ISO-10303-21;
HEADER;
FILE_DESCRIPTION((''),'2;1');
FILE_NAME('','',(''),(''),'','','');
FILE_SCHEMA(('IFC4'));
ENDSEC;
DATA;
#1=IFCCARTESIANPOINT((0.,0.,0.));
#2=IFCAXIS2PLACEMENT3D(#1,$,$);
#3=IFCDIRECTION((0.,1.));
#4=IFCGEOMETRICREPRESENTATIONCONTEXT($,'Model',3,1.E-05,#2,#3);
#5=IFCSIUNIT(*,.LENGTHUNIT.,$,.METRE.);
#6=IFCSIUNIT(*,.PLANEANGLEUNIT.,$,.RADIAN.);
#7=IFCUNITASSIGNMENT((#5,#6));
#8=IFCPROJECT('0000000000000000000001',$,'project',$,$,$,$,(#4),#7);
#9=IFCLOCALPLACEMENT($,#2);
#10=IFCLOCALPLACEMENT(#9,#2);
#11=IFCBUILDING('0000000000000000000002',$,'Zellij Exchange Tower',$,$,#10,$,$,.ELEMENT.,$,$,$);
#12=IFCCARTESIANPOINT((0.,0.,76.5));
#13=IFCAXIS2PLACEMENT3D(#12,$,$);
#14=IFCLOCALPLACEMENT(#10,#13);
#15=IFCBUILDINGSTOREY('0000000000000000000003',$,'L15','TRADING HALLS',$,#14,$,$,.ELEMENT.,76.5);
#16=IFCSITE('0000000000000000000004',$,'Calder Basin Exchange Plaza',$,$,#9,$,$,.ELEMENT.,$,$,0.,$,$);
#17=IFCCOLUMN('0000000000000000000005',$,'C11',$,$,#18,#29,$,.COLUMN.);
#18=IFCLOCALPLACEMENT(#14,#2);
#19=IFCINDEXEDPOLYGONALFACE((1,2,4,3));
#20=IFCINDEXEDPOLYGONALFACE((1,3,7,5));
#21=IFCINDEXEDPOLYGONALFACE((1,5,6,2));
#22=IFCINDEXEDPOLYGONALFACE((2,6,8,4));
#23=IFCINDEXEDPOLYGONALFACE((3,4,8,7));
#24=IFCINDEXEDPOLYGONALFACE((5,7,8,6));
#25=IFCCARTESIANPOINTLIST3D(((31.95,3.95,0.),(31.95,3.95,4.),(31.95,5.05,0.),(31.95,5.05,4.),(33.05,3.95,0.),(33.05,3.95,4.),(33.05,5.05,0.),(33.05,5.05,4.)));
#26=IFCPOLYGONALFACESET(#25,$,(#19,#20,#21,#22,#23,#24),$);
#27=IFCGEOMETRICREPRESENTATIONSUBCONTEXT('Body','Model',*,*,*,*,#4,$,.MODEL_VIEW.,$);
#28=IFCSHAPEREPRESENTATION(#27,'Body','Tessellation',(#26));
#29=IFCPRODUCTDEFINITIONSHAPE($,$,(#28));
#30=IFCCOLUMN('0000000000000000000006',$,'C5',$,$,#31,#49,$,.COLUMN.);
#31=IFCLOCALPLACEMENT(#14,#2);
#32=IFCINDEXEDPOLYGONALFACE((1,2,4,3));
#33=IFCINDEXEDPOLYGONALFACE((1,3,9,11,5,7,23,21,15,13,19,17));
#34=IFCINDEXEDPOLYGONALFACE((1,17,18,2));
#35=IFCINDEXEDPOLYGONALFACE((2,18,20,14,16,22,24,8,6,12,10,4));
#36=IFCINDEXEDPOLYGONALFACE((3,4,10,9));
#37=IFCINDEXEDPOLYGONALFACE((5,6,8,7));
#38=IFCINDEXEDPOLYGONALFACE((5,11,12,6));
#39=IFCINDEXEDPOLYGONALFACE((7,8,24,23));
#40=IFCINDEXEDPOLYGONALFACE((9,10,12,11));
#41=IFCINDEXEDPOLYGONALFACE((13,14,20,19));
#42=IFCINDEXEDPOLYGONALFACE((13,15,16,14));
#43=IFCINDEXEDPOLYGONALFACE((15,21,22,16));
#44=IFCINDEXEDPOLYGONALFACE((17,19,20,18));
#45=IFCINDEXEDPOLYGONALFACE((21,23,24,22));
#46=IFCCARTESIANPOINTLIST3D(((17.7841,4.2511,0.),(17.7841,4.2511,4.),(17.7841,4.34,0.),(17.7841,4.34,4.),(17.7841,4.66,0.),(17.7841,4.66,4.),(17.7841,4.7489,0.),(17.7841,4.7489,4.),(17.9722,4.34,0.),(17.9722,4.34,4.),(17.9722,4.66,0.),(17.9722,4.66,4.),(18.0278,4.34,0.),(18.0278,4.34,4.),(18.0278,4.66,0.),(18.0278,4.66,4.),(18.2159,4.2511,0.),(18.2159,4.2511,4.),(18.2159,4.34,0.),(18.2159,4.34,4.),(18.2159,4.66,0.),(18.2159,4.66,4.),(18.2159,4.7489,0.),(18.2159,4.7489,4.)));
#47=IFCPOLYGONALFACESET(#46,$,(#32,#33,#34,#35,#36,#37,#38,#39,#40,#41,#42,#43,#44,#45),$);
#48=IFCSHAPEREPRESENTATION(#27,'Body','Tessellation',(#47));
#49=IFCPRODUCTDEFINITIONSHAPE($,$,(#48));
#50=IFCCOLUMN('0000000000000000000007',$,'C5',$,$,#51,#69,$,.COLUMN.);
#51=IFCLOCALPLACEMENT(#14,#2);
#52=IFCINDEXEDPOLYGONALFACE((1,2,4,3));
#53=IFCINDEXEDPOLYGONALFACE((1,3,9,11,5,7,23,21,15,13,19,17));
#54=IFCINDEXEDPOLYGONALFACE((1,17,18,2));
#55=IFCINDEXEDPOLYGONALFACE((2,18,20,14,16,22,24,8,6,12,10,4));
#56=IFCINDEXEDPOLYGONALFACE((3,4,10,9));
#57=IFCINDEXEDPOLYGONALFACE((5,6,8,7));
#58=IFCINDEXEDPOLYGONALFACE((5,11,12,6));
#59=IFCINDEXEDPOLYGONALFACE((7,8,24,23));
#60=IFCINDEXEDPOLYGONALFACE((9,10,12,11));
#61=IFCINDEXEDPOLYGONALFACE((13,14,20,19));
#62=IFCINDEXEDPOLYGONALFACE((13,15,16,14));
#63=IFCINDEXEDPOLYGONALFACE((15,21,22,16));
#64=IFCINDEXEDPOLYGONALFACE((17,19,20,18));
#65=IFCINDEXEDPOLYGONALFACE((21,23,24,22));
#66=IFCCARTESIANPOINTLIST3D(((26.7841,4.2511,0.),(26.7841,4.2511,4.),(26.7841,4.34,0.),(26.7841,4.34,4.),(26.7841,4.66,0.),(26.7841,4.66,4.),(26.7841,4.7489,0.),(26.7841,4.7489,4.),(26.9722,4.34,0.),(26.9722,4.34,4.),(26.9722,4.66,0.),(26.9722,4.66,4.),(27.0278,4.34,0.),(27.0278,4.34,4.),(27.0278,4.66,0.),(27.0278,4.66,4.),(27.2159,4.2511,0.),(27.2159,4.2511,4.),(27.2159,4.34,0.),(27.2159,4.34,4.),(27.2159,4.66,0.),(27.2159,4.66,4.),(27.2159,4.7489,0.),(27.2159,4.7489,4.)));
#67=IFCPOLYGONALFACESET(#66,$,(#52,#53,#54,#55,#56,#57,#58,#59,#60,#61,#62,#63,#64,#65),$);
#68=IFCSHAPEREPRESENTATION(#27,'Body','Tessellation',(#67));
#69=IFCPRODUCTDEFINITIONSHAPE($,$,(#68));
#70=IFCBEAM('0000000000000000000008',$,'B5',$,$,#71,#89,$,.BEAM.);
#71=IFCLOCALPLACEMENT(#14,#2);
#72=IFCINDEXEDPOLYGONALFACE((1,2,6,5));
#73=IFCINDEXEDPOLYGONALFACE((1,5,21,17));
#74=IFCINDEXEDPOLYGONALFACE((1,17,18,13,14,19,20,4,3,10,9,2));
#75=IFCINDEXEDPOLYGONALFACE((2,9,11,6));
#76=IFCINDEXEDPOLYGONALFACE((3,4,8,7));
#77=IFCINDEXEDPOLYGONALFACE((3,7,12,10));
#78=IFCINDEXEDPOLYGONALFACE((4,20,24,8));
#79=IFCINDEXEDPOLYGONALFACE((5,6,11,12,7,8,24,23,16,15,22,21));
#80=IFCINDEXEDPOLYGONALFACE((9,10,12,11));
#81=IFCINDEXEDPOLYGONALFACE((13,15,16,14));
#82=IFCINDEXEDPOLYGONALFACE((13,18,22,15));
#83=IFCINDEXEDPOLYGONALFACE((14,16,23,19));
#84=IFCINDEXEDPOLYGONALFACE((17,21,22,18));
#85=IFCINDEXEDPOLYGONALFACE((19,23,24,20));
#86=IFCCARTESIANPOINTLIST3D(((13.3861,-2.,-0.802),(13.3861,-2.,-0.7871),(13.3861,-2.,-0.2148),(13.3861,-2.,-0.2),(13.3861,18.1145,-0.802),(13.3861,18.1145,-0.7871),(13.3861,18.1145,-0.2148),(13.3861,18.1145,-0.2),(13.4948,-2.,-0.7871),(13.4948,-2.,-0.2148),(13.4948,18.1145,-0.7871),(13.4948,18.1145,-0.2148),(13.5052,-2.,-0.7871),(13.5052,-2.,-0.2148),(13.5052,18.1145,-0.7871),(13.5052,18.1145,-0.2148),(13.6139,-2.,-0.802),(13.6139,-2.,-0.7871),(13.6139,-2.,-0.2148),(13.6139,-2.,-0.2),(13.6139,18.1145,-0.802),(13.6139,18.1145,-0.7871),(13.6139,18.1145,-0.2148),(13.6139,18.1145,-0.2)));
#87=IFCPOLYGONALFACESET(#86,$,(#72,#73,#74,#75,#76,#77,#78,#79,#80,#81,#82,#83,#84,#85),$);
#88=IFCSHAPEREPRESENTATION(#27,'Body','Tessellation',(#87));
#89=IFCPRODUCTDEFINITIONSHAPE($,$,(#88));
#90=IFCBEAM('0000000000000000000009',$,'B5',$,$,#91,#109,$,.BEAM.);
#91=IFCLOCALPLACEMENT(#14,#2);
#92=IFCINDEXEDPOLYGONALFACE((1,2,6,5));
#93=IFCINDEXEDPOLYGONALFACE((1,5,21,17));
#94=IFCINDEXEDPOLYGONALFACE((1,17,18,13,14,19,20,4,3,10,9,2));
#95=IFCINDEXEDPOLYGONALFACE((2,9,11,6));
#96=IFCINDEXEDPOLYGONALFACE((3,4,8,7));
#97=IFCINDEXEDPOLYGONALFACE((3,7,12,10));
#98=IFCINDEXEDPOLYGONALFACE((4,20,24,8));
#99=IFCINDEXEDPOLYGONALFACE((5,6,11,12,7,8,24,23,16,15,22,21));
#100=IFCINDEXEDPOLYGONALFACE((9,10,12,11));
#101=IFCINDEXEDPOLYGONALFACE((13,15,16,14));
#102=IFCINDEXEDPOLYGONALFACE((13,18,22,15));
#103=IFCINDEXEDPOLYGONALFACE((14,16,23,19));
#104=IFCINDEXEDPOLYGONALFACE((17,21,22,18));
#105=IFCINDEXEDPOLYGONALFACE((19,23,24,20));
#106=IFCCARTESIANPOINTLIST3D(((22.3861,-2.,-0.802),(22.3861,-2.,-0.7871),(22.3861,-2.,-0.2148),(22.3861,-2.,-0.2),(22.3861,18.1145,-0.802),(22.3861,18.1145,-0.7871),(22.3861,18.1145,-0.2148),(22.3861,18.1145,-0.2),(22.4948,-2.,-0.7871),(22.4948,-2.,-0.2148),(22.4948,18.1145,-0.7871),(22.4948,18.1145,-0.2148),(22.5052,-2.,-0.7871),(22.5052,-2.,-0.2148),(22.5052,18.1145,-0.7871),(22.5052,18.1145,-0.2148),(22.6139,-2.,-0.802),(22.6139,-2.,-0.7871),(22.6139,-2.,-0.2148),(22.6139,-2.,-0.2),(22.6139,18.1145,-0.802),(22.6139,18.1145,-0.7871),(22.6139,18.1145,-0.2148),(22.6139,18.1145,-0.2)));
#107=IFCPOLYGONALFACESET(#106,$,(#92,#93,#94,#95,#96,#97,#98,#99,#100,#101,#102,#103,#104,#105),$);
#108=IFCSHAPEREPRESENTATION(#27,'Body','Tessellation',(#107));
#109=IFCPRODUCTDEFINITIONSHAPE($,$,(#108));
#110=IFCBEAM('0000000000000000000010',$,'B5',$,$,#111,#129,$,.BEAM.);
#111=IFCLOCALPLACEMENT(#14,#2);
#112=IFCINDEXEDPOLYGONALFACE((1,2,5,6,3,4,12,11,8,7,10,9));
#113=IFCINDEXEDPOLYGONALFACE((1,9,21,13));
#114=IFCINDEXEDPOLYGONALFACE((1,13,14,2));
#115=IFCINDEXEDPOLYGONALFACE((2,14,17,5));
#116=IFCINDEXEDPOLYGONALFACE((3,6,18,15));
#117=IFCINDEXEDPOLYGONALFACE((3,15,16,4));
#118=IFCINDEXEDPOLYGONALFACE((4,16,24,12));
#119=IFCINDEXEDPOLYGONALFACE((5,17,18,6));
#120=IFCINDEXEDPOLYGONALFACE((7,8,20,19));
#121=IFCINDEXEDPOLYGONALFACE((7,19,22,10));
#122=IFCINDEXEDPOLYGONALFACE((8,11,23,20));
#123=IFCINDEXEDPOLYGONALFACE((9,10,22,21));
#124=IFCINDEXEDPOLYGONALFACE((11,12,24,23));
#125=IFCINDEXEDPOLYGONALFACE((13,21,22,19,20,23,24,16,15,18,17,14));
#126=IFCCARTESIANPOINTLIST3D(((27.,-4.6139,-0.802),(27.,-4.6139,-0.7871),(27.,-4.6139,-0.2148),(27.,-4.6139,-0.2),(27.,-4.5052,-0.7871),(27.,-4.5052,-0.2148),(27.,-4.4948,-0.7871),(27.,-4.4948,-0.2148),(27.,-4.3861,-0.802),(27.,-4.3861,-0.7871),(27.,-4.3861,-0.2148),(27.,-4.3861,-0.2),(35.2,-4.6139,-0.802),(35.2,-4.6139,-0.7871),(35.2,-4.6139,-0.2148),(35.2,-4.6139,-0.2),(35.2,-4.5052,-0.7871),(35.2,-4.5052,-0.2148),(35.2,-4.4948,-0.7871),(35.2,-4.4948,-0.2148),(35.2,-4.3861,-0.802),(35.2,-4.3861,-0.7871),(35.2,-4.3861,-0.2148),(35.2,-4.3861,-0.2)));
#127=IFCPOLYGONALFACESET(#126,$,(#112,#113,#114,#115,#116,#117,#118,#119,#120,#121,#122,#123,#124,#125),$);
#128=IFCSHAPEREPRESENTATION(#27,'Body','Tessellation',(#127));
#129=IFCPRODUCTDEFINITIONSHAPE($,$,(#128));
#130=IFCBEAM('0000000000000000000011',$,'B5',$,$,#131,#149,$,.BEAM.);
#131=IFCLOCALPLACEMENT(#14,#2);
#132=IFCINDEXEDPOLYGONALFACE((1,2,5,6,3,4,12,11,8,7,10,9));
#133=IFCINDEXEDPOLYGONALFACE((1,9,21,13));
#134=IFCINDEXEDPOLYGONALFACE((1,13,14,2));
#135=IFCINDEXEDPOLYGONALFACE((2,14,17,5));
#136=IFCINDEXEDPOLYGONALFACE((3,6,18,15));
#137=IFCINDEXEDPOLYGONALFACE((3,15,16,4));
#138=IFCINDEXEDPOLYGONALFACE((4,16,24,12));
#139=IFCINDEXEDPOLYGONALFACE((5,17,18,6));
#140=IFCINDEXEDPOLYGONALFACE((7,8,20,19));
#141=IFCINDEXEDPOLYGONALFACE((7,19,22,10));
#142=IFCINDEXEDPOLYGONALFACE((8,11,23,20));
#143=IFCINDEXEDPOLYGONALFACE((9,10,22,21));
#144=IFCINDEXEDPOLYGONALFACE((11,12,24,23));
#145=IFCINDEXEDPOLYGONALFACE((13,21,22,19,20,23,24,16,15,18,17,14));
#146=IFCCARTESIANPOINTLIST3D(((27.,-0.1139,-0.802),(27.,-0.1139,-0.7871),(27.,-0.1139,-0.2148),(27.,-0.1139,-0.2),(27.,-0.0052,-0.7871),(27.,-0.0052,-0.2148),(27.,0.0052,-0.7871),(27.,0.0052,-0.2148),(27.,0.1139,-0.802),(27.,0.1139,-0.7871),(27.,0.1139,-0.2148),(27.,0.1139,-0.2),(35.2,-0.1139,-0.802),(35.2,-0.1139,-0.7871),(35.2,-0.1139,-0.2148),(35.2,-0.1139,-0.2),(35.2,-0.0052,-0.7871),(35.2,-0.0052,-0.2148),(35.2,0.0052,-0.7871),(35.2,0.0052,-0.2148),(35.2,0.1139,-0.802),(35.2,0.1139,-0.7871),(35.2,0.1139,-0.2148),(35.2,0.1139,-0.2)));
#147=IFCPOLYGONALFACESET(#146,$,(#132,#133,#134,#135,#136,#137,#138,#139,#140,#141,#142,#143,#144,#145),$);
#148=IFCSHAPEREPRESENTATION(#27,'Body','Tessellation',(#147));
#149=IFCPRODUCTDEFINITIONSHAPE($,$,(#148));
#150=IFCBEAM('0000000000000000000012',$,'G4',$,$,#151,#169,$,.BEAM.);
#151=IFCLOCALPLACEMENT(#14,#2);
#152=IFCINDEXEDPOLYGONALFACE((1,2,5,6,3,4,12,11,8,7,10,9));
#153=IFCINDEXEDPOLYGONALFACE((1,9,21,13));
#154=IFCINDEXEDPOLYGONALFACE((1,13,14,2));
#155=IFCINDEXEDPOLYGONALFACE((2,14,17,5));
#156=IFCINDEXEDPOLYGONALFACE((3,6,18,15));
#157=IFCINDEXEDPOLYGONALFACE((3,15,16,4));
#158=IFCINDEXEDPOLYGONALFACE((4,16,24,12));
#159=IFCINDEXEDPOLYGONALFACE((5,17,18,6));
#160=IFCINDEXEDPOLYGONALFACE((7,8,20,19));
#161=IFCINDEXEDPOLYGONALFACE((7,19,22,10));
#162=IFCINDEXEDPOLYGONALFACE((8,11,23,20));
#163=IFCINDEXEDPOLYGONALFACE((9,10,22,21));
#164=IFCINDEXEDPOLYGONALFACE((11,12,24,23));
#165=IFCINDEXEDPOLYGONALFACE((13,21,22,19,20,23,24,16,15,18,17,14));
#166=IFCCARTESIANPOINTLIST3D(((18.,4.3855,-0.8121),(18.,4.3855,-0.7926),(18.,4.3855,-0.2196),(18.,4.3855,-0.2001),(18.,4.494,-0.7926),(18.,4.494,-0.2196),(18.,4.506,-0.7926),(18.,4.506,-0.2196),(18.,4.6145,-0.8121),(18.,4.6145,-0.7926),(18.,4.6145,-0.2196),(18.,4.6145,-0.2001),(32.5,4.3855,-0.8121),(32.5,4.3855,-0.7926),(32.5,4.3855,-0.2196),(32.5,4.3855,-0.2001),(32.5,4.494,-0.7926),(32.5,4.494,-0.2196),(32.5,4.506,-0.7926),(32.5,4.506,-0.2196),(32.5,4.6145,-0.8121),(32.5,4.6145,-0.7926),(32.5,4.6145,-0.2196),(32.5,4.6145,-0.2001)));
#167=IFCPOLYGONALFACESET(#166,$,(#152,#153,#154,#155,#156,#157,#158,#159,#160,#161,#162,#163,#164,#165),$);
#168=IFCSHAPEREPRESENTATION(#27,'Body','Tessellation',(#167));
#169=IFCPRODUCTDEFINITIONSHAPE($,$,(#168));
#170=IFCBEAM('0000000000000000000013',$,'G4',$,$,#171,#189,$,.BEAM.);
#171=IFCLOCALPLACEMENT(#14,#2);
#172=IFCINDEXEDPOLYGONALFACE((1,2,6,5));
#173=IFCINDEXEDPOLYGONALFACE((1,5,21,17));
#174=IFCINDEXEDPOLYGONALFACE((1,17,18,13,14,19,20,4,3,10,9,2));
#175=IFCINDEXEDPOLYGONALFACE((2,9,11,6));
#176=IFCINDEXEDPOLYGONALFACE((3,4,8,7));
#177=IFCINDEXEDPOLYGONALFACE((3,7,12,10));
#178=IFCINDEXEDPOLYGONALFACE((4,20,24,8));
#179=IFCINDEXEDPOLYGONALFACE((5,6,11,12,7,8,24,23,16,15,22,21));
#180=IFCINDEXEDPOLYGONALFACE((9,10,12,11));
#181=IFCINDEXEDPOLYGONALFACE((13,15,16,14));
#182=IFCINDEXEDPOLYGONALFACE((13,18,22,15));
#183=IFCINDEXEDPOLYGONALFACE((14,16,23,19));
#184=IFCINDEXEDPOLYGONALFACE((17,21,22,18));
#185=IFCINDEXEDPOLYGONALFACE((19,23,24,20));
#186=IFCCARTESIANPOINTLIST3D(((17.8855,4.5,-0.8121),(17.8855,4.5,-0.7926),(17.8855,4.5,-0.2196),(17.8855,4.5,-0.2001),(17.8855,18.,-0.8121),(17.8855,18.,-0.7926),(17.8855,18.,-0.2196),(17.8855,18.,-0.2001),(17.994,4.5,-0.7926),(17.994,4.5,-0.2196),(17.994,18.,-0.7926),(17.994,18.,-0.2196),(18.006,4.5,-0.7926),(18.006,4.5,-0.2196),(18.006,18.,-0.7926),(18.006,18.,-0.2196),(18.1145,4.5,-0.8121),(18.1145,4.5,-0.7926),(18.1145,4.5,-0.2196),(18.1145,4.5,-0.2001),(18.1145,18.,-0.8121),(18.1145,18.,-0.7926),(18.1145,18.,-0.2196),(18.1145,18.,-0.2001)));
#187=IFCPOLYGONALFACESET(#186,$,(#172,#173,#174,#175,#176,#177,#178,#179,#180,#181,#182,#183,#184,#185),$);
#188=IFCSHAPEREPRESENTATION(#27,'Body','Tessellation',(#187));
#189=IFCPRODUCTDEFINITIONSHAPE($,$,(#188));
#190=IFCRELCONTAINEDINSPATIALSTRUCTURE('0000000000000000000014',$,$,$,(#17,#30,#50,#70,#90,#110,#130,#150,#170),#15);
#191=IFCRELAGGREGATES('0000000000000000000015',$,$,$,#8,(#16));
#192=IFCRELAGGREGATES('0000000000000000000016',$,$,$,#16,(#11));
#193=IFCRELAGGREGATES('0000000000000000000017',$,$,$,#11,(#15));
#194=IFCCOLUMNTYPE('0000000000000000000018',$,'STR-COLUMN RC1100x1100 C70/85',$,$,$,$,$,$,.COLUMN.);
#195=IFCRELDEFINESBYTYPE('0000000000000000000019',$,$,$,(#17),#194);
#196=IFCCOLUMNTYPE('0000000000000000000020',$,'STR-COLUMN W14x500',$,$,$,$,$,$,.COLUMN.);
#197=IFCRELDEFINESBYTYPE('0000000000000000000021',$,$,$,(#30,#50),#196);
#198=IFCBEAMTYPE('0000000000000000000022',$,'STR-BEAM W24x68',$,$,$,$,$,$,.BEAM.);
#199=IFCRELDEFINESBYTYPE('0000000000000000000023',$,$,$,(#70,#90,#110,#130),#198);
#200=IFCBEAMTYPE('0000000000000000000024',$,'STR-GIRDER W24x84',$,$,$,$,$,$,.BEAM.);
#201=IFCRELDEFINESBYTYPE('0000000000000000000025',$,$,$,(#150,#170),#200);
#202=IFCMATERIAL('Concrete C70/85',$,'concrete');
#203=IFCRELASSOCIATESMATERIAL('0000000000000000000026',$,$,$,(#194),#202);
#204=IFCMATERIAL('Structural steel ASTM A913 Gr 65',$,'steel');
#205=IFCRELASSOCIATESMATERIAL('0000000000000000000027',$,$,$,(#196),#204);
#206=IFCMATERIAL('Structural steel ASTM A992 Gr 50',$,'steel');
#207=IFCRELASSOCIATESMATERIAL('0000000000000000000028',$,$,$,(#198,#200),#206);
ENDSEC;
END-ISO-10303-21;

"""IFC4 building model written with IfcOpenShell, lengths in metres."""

from ifc_helpers import new_model, si_unit, direction, frame, origin, origin_2d, place, context, subcontext, project, spatial, rectangle, i_section, extrude, material, material_profile, profile_set, type_object, element, save


model = new_model("IFC4")

# Units and contexts
model_context = context("Model", 3, precision=1e-05, world=origin(), true_north=direction((0.0, 1.0)))
body_context = subcontext(model_context, "Body", "Model", "MODEL_VIEW")
ifc_project = project(units=[si_unit("LENGTHUNIT", "METRE"), si_unit("PLANEANGLEUNIT", "RADIAN")], contexts=[model_context])

# Site, building, storey
site_placement = place(None, origin())
site = spatial("IfcSite", under=ifc_project, at=site_placement, Name="Calder Basin Exchange Plaza", CompositionType="ELEMENT", RefElevation=0.0)
building_placement = place(site_placement, origin())
building = spatial("IfcBuilding", under=site, at=building_placement, Name="Zellij Exchange Tower", CompositionType="ELEMENT")
storey_placement = place(building_placement, frame((0.0, 0.0, 76.5)))
storey = spatial("IfcBuildingStorey", under=building, at=storey_placement, Name="L15", Description="TRADING HALLS", CompositionType="ELEMENT", Elevation=76.5)

# Columns
ifc_material_1 = material(Name="Concrete C70/85", Category="concrete")
ifc_material_profile_1 = material_profile(ifc_material_1, rectangle(XDim=1.1001, YDim=1.1001, at=origin_2d()), Name="STR-COLUMN RC1100x1100 C70/85")
ifc_profile_set_1 = profile_set([ifc_material_profile_1], Name="Concrete C70/85")
column_type_1 = type_object("IfcColumnType", Name="STR-COLUMN RC1100x1100 C70/85", PredefinedType="COLUMN", material=ifc_profile_set_1)
column_placement = place(storey_placement, frame((32.5, 4.5, 0.0), z_axis=(0.0, 0.0, 1.0), x_axis=(1.0, 0.0, 0.0)))
element("IfcColumn", 1, at=column_placement, inside=storey, type_object=column_type_1, Name="C11", PredefinedType="COLUMN", context=body_context, shape_type="SweptSolid", body=[
    extrude(rectangle(XDim=1.1001, YDim=1.1001, at=origin_2d()), origin(), (0.0, 0.0, 1.0), 4.0),
])
ifc_material_2 = material(Name="Structural steel ASTM A913 Gr 65", Category="steel")
ifc_material_profile_2 = material_profile(ifc_material_2, i_section(OverallWidth=0.4319, OverallDepth=0.4978, WebThickness=0.0557, FlangeThickness=0.0889, at=origin_2d()), Name="W14x500")
ifc_profile_set_2 = profile_set([ifc_material_profile_2], Name="Structural steel ASTM A913 Gr 65")
column_type_2 = type_object("IfcColumnType", Name="STR-COLUMN W14x500", PredefinedType="COLUMN", material=ifc_profile_set_2)
for number, where, z_axis, x_axis, name in (
    (2, (18.0, 4.5, 0.0), (0.0, 0.0, 1.0), (1.0, 0.0, 0.0), "C5"),
    (3, (27.0, 4.5, 0.0), (0.0, 0.0, 1.0), (1.0, 0.0, 0.0), "C5"),
):
    element("IfcColumn", number, at=place(storey_placement, frame(where, z_axis=z_axis, x_axis=x_axis)), inside=storey, type_object=column_type_2, Name=name, PredefinedType="COLUMN", context=body_context, shape_type="SweptSolid", body=[
        extrude(i_section(OverallWidth=0.4319, OverallDepth=0.4978, WebThickness=0.0557, FlangeThickness=0.0889, at=origin_2d()), origin(), (0.0, 0.0, 1.0), 4.0),
    ])

# Beams
ifc_material_3 = material(Name="Structural steel ASTM A992 Gr 50", Category="steel")
ifc_material_profile_3 = material_profile(ifc_material_3, i_section(OverallWidth=0.2278, OverallDepth=0.6021, WebThickness=0.0105, FlangeThickness=0.0149, at=origin_2d()), Name="W24x68")
ifc_profile_set_3 = profile_set([ifc_material_profile_3], Name="Structural steel ASTM A992 Gr 50")
beam_type_1 = type_object("IfcBeamType", Name="STR-BEAM W24x68", PredefinedType="BEAM", material=ifc_profile_set_3)
for number, where, z_axis, x_axis, name in (
    (4, (13.5, -2.0, -0.501), (0.0, 1.0, 0.0), (-1.0, 0.0, 0.0), "B5"),
    (5, (22.5, -2.0, -0.501), (0.0, 1.0, 0.0), (-1.0, 0.0, 0.0), "B5"),
):
    element("IfcBeam", number, at=place(storey_placement, frame(where, z_axis=z_axis, x_axis=x_axis)), inside=storey, type_object=beam_type_1, Name=name, PredefinedType="BEAM", context=body_context, shape_type="SweptSolid", body=[
        extrude(i_section(OverallWidth=0.2278, OverallDepth=0.6021, WebThickness=0.0105, FlangeThickness=0.0149, at=origin_2d()), origin(), (0.0, 0.0, 1.0), 20.1145),
    ])
for number, where, z_axis, x_axis, name in (
    (6, (27.0, -4.5, -0.501), (1.0, 0.0, 0.0), (0.0, 1.0, 0.0), "B5"),
    (7, (27.0, 0.0, -0.501), (1.0, 0.0, 0.0), (0.0, 1.0, 0.0), "B5"),
):
    element("IfcBeam", number, at=place(storey_placement, frame(where, z_axis=z_axis, x_axis=x_axis)), inside=storey, type_object=beam_type_1, Name=name, PredefinedType="BEAM", context=body_context, shape_type="SweptSolid", body=[
        extrude(i_section(OverallWidth=0.2278, OverallDepth=0.6021, WebThickness=0.0105, FlangeThickness=0.0149, at=origin_2d()), origin(), (0.0, 0.0, 1.0), 8.2),
    ])
ifc_material_profile_4 = material_profile(ifc_material_3, i_section(OverallWidth=0.229, OverallDepth=0.6121, WebThickness=0.012, FlangeThickness=0.0195, at=origin_2d()), Name="W24x84")
ifc_profile_set_4 = profile_set([ifc_material_profile_4], Name="Structural steel ASTM A992 Gr 50")
beam_type_2 = type_object("IfcBeamType", Name="STR-GIRDER W24x84", PredefinedType="BEAM", material=ifc_profile_set_4)
beam_1_placement = place(storey_placement, frame((18.0, 4.5, -0.5061), z_axis=(1.0, 0.0, 0.0), x_axis=(0.0, 1.0, 0.0)))
element("IfcBeam", 8, at=beam_1_placement, inside=storey, type_object=beam_type_2, Name="G4", PredefinedType="BEAM", context=body_context, shape_type="SweptSolid", body=[
    extrude(i_section(OverallWidth=0.229, OverallDepth=0.6121, WebThickness=0.012, FlangeThickness=0.0195, at=origin_2d()), origin(), (0.0, 0.0, 1.0), 14.5),
])
beam_2_placement = place(storey_placement, frame((18.0, 4.5, -0.5061), z_axis=(0.0, 1.0, 0.0), x_axis=(-1.0, 0.0, 0.0)))
element("IfcBeam", 9, at=beam_2_placement, inside=storey, type_object=beam_type_2, Name="G4", PredefinedType="BEAM", context=body_context, shape_type="SweptSolid", body=[
    extrude(i_section(OverallWidth=0.229, OverallDepth=0.6121, WebThickness=0.012, FlangeThickness=0.0195, at=origin_2d()), origin(), (0.0, 0.0, 1.0), 13.5),
])

save(model, "model.ifc")
